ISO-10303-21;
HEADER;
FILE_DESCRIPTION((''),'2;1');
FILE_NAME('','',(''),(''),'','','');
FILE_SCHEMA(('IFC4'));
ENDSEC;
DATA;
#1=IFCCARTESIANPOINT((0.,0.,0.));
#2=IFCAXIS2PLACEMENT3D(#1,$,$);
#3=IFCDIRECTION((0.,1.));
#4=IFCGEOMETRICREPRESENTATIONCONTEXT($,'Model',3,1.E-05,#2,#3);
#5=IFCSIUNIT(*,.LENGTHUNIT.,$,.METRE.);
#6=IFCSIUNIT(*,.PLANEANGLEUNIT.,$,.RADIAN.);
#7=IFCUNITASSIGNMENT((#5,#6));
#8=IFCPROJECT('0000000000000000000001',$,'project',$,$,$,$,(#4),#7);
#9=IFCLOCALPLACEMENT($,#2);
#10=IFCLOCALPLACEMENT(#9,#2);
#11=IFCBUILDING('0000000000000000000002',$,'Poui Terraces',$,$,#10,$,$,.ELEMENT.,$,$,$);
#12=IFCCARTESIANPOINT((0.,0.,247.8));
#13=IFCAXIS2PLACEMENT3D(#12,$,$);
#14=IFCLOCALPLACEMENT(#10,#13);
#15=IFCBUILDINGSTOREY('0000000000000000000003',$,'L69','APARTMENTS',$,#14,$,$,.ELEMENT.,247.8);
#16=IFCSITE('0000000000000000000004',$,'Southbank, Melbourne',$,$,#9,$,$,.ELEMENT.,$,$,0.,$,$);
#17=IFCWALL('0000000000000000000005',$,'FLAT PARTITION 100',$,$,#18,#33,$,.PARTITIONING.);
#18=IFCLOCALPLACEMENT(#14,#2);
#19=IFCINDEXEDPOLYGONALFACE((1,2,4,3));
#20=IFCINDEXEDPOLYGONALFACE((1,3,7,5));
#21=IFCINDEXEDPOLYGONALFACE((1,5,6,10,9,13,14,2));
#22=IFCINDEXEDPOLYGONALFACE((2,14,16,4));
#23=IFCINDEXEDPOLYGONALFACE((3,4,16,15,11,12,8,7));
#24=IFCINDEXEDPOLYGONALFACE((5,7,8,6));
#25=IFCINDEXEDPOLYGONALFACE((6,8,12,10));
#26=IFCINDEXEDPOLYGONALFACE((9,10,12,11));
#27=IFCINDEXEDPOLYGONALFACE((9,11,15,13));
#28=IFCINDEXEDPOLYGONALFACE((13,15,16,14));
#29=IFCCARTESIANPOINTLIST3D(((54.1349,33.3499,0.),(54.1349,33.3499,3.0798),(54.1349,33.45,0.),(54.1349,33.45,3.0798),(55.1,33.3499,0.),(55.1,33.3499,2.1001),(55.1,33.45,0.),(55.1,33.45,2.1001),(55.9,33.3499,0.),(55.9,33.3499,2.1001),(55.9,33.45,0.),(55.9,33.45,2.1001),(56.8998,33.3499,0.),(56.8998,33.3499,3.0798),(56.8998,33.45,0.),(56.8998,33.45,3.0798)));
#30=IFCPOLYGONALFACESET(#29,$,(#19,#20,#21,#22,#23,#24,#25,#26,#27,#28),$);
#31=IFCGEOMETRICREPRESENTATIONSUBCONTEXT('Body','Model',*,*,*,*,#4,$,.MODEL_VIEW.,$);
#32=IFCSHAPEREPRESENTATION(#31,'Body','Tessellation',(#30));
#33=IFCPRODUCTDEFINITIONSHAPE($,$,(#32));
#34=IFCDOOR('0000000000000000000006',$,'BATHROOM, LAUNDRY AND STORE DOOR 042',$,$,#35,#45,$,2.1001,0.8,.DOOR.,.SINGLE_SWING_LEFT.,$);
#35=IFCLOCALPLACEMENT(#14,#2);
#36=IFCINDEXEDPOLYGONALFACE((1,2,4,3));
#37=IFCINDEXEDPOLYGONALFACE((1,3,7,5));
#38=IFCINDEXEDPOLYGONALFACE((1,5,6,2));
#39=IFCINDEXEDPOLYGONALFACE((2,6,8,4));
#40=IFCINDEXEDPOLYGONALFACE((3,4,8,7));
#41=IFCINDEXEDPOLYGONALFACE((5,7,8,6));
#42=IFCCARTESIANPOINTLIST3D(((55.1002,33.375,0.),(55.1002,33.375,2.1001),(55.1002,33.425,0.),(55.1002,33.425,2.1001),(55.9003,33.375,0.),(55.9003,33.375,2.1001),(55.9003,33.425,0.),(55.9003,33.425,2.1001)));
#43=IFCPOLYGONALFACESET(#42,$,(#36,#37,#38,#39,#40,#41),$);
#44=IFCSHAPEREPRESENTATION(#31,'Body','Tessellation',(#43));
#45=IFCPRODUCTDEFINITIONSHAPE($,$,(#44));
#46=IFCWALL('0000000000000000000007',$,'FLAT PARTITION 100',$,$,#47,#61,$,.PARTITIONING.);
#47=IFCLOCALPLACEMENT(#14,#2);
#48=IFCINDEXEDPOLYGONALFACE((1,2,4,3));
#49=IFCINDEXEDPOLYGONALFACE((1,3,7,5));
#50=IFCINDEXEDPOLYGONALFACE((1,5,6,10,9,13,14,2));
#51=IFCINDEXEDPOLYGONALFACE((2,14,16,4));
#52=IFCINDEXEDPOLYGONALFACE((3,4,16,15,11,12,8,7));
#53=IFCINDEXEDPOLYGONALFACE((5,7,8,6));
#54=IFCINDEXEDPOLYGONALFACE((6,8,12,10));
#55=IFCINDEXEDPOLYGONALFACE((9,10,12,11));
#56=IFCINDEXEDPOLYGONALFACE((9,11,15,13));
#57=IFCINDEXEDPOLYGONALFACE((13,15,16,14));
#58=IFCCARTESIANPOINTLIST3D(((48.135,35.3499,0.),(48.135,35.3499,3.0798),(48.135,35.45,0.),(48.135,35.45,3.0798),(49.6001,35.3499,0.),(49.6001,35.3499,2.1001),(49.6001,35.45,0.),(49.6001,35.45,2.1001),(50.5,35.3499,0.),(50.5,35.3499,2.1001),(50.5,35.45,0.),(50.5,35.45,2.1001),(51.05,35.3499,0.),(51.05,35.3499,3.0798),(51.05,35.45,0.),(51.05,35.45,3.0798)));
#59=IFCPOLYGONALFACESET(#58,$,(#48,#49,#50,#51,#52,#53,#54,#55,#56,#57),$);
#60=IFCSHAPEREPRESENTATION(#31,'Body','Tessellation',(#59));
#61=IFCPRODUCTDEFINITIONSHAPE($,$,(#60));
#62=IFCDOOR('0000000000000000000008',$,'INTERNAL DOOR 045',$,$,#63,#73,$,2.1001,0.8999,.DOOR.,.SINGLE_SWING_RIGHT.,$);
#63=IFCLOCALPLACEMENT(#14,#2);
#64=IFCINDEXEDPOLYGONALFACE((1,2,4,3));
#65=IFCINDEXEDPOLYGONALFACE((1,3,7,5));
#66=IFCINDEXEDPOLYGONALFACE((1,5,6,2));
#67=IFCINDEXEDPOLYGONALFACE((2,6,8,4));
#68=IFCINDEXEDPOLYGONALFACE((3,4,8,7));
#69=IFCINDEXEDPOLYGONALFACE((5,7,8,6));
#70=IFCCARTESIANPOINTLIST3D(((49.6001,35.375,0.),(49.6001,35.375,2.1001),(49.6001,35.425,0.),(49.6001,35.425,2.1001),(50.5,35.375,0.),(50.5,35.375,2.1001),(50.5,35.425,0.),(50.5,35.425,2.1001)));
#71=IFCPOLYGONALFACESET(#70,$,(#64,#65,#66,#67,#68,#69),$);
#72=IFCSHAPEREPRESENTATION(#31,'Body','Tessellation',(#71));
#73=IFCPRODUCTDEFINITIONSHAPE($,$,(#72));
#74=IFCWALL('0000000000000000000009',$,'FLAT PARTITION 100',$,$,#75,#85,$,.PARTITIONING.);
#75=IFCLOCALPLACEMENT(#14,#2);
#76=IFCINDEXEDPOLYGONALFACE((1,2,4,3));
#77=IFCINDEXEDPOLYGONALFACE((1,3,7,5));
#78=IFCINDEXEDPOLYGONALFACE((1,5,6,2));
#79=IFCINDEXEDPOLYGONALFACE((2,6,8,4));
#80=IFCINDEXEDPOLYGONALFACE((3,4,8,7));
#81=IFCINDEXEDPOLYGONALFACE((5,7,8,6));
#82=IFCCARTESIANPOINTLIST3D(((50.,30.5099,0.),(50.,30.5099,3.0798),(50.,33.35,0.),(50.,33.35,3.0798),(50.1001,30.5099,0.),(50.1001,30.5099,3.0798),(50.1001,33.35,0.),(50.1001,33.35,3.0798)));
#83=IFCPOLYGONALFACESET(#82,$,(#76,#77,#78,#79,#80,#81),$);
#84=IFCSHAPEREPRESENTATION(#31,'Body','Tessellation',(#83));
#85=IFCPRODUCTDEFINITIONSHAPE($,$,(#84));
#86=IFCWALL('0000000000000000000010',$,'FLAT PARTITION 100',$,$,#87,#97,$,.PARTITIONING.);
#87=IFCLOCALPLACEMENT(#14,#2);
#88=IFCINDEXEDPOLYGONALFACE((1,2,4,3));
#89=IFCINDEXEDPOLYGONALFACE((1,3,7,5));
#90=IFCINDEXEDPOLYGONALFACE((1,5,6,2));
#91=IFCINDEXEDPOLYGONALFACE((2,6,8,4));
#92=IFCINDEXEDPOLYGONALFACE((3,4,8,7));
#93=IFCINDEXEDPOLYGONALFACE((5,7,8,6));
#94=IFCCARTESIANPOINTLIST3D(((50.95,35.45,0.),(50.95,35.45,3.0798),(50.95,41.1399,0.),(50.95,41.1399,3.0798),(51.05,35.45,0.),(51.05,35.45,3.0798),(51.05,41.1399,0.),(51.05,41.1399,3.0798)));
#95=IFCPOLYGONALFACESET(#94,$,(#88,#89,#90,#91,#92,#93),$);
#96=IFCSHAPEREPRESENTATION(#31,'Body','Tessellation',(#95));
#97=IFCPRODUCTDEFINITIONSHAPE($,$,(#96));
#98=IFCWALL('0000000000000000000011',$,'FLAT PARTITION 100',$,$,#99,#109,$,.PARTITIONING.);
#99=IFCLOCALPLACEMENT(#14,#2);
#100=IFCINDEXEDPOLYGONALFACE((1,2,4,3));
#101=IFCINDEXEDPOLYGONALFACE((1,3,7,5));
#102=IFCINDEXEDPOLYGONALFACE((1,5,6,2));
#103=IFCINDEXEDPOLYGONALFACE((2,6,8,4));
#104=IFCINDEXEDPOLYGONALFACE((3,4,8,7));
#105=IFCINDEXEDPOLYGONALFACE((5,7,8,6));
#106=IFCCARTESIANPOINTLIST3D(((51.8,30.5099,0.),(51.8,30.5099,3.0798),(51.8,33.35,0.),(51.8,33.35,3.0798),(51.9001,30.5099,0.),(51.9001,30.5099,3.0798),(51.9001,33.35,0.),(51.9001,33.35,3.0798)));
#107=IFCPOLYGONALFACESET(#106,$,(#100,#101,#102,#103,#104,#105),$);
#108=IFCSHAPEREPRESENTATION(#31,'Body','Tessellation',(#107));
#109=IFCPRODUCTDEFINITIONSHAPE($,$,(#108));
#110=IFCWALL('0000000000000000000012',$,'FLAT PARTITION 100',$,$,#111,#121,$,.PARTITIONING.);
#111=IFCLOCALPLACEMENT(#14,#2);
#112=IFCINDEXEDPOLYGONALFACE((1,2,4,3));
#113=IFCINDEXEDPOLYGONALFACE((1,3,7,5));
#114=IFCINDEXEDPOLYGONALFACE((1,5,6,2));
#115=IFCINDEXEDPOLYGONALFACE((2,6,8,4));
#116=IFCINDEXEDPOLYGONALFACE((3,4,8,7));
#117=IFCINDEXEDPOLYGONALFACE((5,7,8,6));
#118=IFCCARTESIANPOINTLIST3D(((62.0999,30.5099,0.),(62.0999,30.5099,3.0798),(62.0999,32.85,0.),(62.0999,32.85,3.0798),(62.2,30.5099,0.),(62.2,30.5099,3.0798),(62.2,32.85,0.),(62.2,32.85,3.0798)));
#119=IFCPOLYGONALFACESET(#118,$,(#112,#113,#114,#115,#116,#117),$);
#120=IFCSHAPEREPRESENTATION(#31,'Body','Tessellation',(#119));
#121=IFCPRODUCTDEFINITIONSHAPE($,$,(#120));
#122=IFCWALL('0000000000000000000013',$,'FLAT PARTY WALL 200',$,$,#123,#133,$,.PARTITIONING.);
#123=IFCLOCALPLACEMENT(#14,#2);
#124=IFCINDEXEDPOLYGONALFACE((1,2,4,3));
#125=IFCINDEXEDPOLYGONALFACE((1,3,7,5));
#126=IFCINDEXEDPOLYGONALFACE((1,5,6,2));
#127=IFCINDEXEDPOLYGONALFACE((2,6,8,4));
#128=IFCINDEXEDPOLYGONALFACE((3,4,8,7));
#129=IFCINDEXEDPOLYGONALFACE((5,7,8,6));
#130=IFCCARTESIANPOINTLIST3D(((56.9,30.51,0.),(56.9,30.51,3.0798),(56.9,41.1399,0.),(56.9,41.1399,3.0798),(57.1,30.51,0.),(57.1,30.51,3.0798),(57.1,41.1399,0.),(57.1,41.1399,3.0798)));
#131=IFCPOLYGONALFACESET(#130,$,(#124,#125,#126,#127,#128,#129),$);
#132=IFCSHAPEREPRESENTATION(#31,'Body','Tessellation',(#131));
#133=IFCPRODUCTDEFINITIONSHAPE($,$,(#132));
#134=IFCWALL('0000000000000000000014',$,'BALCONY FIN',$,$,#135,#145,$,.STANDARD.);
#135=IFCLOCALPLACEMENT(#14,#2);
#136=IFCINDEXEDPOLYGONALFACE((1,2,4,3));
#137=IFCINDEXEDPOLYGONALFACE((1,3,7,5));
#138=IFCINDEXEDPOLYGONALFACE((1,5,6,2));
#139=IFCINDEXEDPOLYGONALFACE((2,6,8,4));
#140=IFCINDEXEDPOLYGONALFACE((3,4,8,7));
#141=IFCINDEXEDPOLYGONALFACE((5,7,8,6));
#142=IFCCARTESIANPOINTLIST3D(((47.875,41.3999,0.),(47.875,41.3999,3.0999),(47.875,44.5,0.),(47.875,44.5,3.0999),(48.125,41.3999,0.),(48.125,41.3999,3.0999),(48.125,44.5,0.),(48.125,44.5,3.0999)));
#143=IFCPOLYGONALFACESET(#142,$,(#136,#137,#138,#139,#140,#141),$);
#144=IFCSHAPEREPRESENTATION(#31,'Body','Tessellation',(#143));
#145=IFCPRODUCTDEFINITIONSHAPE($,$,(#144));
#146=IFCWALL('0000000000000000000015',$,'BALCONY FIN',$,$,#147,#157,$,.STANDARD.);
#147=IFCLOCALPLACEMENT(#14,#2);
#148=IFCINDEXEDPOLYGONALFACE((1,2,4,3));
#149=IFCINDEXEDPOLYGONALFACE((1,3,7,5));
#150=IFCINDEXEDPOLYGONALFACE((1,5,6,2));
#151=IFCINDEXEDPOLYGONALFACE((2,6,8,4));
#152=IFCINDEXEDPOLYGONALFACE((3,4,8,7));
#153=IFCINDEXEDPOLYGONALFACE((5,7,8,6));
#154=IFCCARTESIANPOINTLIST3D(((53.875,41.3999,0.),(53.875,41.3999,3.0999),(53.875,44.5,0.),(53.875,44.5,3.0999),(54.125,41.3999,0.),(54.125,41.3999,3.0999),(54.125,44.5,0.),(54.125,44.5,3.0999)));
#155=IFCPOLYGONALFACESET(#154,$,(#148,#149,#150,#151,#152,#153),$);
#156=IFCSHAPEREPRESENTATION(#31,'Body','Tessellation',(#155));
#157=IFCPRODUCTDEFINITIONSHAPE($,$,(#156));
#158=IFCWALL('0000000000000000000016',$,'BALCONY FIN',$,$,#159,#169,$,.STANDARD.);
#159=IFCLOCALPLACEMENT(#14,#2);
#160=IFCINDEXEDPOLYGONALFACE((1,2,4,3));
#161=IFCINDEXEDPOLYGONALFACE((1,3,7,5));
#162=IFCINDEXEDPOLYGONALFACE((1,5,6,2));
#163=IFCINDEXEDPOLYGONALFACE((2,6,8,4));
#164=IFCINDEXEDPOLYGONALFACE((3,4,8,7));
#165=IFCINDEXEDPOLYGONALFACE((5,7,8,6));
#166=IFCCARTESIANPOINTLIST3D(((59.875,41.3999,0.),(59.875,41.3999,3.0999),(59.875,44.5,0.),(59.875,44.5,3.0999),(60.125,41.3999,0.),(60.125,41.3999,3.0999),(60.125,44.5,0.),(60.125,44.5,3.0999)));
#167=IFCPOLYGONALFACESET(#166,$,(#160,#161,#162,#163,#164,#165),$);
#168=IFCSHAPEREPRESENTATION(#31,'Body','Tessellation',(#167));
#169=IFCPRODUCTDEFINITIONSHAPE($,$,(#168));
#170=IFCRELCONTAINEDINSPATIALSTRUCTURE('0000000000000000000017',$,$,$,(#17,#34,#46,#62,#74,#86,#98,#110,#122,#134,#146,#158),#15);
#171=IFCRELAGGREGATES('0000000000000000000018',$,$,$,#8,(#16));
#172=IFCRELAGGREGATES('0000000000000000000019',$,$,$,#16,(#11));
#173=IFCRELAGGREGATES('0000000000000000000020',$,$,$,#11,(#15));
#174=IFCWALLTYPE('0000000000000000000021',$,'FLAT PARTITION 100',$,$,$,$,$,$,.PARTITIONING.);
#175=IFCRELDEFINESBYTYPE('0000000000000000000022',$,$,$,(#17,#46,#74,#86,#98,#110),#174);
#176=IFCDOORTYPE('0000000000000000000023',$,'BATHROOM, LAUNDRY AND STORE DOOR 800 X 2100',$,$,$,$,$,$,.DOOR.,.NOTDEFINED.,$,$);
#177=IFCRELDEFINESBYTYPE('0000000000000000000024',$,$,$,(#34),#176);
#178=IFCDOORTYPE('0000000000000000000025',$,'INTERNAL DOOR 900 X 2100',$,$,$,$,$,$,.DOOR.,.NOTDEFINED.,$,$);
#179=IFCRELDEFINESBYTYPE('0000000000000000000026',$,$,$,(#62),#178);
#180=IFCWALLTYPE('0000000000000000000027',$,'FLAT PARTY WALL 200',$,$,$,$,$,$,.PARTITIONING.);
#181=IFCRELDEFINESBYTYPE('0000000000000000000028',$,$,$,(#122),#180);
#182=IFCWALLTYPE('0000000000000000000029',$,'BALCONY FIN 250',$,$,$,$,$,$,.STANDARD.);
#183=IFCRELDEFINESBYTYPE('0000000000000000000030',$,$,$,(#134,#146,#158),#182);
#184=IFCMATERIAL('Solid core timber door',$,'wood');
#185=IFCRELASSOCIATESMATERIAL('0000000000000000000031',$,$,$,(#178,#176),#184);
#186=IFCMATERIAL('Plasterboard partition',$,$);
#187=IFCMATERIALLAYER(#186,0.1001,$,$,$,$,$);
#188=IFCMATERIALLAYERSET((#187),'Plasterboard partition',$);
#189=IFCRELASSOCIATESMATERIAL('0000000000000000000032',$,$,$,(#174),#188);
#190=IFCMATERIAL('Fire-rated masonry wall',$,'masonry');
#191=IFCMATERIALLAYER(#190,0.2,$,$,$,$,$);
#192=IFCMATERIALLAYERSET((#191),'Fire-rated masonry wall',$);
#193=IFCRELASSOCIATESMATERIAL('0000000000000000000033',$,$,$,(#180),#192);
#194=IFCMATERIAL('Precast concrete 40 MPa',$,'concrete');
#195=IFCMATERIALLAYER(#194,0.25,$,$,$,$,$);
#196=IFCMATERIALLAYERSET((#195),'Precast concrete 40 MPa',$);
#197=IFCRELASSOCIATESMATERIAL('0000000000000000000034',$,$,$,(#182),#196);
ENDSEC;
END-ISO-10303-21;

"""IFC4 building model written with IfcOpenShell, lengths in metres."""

from ifc_helpers import new_model, si_unit, direction, frame, frame_2d, origin, place, context, subcontext, project, spatial, polyline, rectangle, outline, extrude, source, transform, mapped, material, layer, layer_set, type_object, element, fill, save


model = new_model("IFC4")

# Units and contexts
model_context = context("Model", 3, precision=1e-05, world=origin(), true_north=direction((0.0, 1.0)))
body_context = subcontext(model_context, "Body", "Model", "MODEL_VIEW")
ifc_project = project(units=[si_unit("LENGTHUNIT", "METRE"), si_unit("PLANEANGLEUNIT", "RADIAN")], contexts=[model_context])

# Site, building, storey
site_placement = place(None, origin())
site = spatial("IfcSite", under=ifc_project, at=site_placement, Name="Southbank, Melbourne", CompositionType="ELEMENT", RefElevation=0.0)
building_placement = place(site_placement, origin())
building = spatial("IfcBuilding", under=site, at=building_placement, Name="Poui Terraces", CompositionType="ELEMENT")
storey_placement = place(building_placement, frame((0.0, 0.0, 247.8)))
storey = spatial("IfcBuildingStorey", under=building, at=storey_placement, Name="L69", Description="APARTMENTS", CompositionType="ELEMENT", Elevation=247.8)

# Walls, openings, doors
ifc_material_1 = material(Name="Solid core timber door", Category="wood")
door_type_1 = type_object("IfcDoorType", Name="INTERNAL DOOR 900 X 2100", OperationType="NOTDEFINED", PredefinedType="DOOR", material=ifc_material_1)
ifc_material_2 = material(Name="Plasterboard partition")
ifc_layer_1 = layer(ifc_material_2, 0.1001)
ifc_layer_set_1 = layer_set([ifc_layer_1], Name="Plasterboard partition")
wall_type_1 = type_object("IfcWallType", Name="FLAT PARTITION 100", PredefinedType="PARTITIONING", material=ifc_layer_set_1)
door_type_2 = type_object("IfcDoorType", Name="BATHROOM, LAUNDRY AND STORE DOOR 800 X 2100", OperationType="NOTDEFINED", PredefinedType="DOOR", material=ifc_material_1)
wall_1_placement = place(storey_placement, frame((54.135, 33.3999, 0.0), z_axis=(0.0, 0.0, 1.0), x_axis=(1.0, 0.0, 0.0)))
wall_1 = element("IfcWall", 1, at=wall_1_placement, inside=storey, type_object=wall_type_1, Name="FLAT PARTITION 100", PredefinedType="PARTITIONING", context=body_context, shape_type="SweptSolid", body=[
    extrude(rectangle(XDim=2.7649, YDim=0.1001, at=frame_2d((1.3823, 0.0))), origin(), (0.0, 0.0, 1.0), 3.0798),
])
opening_1_placement = place(wall_1_placement, frame((0.9651, 0.0, 0.0)))
opening_1 = element("IfcOpeningElement", 2, at=opening_1_placement, cuts=wall_1, PredefinedType="OPENING", context=body_context, shape_type="SweptSolid", body=[
    extrude(rectangle(XDim=0.8, YDim=2.1001, at=frame_2d((0.3999, 1.05))), frame((0.0, 0.0601, 0.0), z_axis=(0.0, -1.0, 0.0), x_axis=(1.0, 0.0, 0.0)), (0.0, 0.0, 1.0), 0.1201),
])
door_1_placement = place(opening_1_placement, frame((0.8, 0.0, 0.0), z_axis=(0.0, 0.0, 1.0), x_axis=(-1.0, 0.0, 0.0)))
door_1 = element("IfcDoor", 3, at=door_1_placement, inside=storey, type_object=door_type_2, Name="BATHROOM, LAUNDRY AND STORE DOOR 042", OperationType="SINGLE_SWING_LEFT", OverallHeight=2.1001, OverallWidth=0.8, PredefinedType="DOOR", context=body_context, shape_type="SweptSolid", body=[
    extrude(rectangle(XDim=0.8, YDim=2.1001, at=frame_2d((0.3999, 1.05))), frame((0.0, 0.0249, 0.0), z_axis=(0.0, -1.0, 0.0), x_axis=(1.0, 0.0, 0.0)), (0.0, 0.0, 1.0), 0.05),
])
fill(opening_1, door_1)
wall_2_placement = place(storey_placement, frame((48.135, 35.3999, 0.0), z_axis=(0.0, 0.0, 1.0), x_axis=(1.0, 0.0, 0.0)))
wall_2 = element("IfcWall", 4, at=wall_2_placement, inside=storey, type_object=wall_type_1, Name="FLAT PARTITION 100", PredefinedType="PARTITIONING", context=body_context, shape_type="SweptSolid", body=[
    extrude(rectangle(XDim=2.915, YDim=0.1001, at=frame_2d((1.4575, 0.0))), origin(), (0.0, 0.0, 1.0), 3.0798),
])
opening_2_placement = place(wall_2_placement, frame((1.4651, 0.0, 0.0)))
opening_2 = element("IfcOpeningElement", 5, at=opening_2_placement, cuts=wall_2, PredefinedType="OPENING", context=body_context, shape_type="SweptSolid", body=[
    extrude(rectangle(XDim=0.8999, YDim=2.1001, at=frame_2d((0.45, 1.05))), frame((0.0, 0.0601, 0.0), z_axis=(0.0, -1.0, 0.0), x_axis=(1.0, 0.0, 0.0)), (0.0, 0.0, 1.0), 0.1201),
])
door_2_placement = place(opening_2_placement, frame((0.8999, 0.0, 0.0), z_axis=(0.0, 0.0, 1.0), x_axis=(-1.0, 0.0, 0.0)))
door_2 = element("IfcDoor", 6, at=door_2_placement, inside=storey, type_object=door_type_1, Name="INTERNAL DOOR 045", OperationType="SINGLE_SWING_RIGHT", OverallHeight=2.1001, OverallWidth=0.8999, PredefinedType="DOOR", context=body_context, shape_type="SweptSolid", body=[
    extrude(rectangle(XDim=0.8999, YDim=2.1001, at=frame_2d((0.45, 1.05))), frame((0.0, 0.0249, 0.0), z_axis=(0.0, -1.0, 0.0), x_axis=(1.0, 0.0, 0.0)), (0.0, 0.0, 1.0), 0.05),
])
fill(opening_2, door_2)

# Walls
wall_3_placement = place(storey_placement, frame((50.05, 30.51, 0.0), z_axis=(0.0, 0.0, 1.0), x_axis=(0.0, 1.0, 0.0)))
element("IfcWall", 7, at=wall_3_placement, inside=storey, type_object=wall_type_1, Name="FLAT PARTITION 100", PredefinedType="PARTITIONING", context=body_context, shape_type="SweptSolid", body=[
    extrude(rectangle(XDim=2.8401, YDim=0.1001, at=frame_2d((1.4199, 0.0))), origin(), (0.0, 0.0, 1.0), 3.0798),
])
wall_4_placement = place(storey_placement, frame((51.0, 35.45, 0.0), z_axis=(0.0, 0.0, 1.0), x_axis=(0.0, 1.0, 0.0)))
element("IfcWall", 8, at=wall_4_placement, inside=storey, type_object=wall_type_1, Name="FLAT PARTITION 100", PredefinedType="PARTITIONING", context=body_context, shape_type="SweptSolid", body=[
    extrude(rectangle(XDim=5.6899, YDim=0.1001, at=frame_2d((2.845, 0.0))), origin(), (0.0, 0.0, 1.0), 3.0798),
])
wall_5_placement = place(storey_placement, frame((51.8501, 30.51, 0.0), z_axis=(0.0, 0.0, 1.0), x_axis=(0.0, 1.0, 0.0)))
element("IfcWall", 9, at=wall_5_placement, inside=storey, type_object=wall_type_1, Name="FLAT PARTITION 100", PredefinedType="PARTITIONING", context=body_context, shape_type="SweptSolid", body=[
    extrude(rectangle(XDim=2.8401, YDim=0.1001, at=frame_2d((1.4199, 0.0))), origin(), (0.0, 0.0, 1.0), 3.0798),
])
wall_6_placement = place(storey_placement, frame((62.1499, 30.51, 0.0), z_axis=(0.0, 0.0, 1.0), x_axis=(0.0, 1.0, 0.0)))
element("IfcWall", 10, at=wall_6_placement, inside=storey, type_object=wall_type_1, Name="FLAT PARTITION 100", PredefinedType="PARTITIONING", context=body_context, shape_type="SweptSolid", body=[
    extrude(rectangle(XDim=2.3401, YDim=0.1001, at=frame_2d((1.1699, 0.0))), origin(), (0.0, 0.0, 1.0), 3.0798),
])
ifc_material_3 = material(Name="Fire-rated masonry wall", Category="masonry")
ifc_layer_2 = layer(ifc_material_3, 0.2)
ifc_layer_set_2 = layer_set([ifc_layer_2], Name="Fire-rated masonry wall")
wall_type_2 = type_object("IfcWallType", Name="FLAT PARTY WALL 200", PredefinedType="PARTITIONING", material=ifc_layer_set_2)
wall_7_placement = place(storey_placement, frame((57.0, 30.51, 0.0), z_axis=(0.0, 0.0, 1.0), x_axis=(0.0, 1.0, 0.0)))
element("IfcWall", 11, at=wall_7_placement, inside=storey, type_object=wall_type_2, Name="FLAT PARTY WALL 200", PredefinedType="PARTITIONING", context=body_context, shape_type="SweptSolid", body=[
    extrude(rectangle(XDim=10.6299, YDim=0.2, at=frame_2d((5.3149, 0.0))), origin(), (0.0, 0.0, 1.0), 3.0798),
])
ifc_material_4 = material(Name="Precast concrete 40 MPa", Category="concrete")
ifc_layer_3 = layer(ifc_material_4, 0.25)
ifc_layer_set_3 = layer_set([ifc_layer_3], Name="Precast concrete 40 MPa")
wall_type_3 = type_object("IfcWallType", Name="BALCONY FIN 250", PredefinedType="STANDARD", material=ifc_layer_set_3)
shared_shape_1 = source(origin(), body_context, "Body", "SweptSolid", [
    extrude(outline(polyline([(0.0, 0.0), (0.25, 0.0), (0.25, 3.1001), (0.0, 3.1001), (0.0, 0.0)])), origin(), (0.0, 0.0, 1.0), 3.0999),
])
for number, where, name in (
    (12, (47.875, 41.3999, 0.0), "BALCONY FIN"),
    (13, (53.875, 41.3999, 0.0), "BALCONY FIN"),
    (14, (59.875, 41.3999, 0.0), "BALCONY FIN"),
):
    element("IfcWall", number, at=place(storey_placement, frame(where)), inside=storey, type_object=wall_type_3, Name=name, PredefinedType="STANDARD", context=body_context, shape_type="MappedRepresentation", body=[
        mapped(shared_shape_1, transform((0.0, 0.0, 0.0))),
    ])

save(model, "model.ifc")
